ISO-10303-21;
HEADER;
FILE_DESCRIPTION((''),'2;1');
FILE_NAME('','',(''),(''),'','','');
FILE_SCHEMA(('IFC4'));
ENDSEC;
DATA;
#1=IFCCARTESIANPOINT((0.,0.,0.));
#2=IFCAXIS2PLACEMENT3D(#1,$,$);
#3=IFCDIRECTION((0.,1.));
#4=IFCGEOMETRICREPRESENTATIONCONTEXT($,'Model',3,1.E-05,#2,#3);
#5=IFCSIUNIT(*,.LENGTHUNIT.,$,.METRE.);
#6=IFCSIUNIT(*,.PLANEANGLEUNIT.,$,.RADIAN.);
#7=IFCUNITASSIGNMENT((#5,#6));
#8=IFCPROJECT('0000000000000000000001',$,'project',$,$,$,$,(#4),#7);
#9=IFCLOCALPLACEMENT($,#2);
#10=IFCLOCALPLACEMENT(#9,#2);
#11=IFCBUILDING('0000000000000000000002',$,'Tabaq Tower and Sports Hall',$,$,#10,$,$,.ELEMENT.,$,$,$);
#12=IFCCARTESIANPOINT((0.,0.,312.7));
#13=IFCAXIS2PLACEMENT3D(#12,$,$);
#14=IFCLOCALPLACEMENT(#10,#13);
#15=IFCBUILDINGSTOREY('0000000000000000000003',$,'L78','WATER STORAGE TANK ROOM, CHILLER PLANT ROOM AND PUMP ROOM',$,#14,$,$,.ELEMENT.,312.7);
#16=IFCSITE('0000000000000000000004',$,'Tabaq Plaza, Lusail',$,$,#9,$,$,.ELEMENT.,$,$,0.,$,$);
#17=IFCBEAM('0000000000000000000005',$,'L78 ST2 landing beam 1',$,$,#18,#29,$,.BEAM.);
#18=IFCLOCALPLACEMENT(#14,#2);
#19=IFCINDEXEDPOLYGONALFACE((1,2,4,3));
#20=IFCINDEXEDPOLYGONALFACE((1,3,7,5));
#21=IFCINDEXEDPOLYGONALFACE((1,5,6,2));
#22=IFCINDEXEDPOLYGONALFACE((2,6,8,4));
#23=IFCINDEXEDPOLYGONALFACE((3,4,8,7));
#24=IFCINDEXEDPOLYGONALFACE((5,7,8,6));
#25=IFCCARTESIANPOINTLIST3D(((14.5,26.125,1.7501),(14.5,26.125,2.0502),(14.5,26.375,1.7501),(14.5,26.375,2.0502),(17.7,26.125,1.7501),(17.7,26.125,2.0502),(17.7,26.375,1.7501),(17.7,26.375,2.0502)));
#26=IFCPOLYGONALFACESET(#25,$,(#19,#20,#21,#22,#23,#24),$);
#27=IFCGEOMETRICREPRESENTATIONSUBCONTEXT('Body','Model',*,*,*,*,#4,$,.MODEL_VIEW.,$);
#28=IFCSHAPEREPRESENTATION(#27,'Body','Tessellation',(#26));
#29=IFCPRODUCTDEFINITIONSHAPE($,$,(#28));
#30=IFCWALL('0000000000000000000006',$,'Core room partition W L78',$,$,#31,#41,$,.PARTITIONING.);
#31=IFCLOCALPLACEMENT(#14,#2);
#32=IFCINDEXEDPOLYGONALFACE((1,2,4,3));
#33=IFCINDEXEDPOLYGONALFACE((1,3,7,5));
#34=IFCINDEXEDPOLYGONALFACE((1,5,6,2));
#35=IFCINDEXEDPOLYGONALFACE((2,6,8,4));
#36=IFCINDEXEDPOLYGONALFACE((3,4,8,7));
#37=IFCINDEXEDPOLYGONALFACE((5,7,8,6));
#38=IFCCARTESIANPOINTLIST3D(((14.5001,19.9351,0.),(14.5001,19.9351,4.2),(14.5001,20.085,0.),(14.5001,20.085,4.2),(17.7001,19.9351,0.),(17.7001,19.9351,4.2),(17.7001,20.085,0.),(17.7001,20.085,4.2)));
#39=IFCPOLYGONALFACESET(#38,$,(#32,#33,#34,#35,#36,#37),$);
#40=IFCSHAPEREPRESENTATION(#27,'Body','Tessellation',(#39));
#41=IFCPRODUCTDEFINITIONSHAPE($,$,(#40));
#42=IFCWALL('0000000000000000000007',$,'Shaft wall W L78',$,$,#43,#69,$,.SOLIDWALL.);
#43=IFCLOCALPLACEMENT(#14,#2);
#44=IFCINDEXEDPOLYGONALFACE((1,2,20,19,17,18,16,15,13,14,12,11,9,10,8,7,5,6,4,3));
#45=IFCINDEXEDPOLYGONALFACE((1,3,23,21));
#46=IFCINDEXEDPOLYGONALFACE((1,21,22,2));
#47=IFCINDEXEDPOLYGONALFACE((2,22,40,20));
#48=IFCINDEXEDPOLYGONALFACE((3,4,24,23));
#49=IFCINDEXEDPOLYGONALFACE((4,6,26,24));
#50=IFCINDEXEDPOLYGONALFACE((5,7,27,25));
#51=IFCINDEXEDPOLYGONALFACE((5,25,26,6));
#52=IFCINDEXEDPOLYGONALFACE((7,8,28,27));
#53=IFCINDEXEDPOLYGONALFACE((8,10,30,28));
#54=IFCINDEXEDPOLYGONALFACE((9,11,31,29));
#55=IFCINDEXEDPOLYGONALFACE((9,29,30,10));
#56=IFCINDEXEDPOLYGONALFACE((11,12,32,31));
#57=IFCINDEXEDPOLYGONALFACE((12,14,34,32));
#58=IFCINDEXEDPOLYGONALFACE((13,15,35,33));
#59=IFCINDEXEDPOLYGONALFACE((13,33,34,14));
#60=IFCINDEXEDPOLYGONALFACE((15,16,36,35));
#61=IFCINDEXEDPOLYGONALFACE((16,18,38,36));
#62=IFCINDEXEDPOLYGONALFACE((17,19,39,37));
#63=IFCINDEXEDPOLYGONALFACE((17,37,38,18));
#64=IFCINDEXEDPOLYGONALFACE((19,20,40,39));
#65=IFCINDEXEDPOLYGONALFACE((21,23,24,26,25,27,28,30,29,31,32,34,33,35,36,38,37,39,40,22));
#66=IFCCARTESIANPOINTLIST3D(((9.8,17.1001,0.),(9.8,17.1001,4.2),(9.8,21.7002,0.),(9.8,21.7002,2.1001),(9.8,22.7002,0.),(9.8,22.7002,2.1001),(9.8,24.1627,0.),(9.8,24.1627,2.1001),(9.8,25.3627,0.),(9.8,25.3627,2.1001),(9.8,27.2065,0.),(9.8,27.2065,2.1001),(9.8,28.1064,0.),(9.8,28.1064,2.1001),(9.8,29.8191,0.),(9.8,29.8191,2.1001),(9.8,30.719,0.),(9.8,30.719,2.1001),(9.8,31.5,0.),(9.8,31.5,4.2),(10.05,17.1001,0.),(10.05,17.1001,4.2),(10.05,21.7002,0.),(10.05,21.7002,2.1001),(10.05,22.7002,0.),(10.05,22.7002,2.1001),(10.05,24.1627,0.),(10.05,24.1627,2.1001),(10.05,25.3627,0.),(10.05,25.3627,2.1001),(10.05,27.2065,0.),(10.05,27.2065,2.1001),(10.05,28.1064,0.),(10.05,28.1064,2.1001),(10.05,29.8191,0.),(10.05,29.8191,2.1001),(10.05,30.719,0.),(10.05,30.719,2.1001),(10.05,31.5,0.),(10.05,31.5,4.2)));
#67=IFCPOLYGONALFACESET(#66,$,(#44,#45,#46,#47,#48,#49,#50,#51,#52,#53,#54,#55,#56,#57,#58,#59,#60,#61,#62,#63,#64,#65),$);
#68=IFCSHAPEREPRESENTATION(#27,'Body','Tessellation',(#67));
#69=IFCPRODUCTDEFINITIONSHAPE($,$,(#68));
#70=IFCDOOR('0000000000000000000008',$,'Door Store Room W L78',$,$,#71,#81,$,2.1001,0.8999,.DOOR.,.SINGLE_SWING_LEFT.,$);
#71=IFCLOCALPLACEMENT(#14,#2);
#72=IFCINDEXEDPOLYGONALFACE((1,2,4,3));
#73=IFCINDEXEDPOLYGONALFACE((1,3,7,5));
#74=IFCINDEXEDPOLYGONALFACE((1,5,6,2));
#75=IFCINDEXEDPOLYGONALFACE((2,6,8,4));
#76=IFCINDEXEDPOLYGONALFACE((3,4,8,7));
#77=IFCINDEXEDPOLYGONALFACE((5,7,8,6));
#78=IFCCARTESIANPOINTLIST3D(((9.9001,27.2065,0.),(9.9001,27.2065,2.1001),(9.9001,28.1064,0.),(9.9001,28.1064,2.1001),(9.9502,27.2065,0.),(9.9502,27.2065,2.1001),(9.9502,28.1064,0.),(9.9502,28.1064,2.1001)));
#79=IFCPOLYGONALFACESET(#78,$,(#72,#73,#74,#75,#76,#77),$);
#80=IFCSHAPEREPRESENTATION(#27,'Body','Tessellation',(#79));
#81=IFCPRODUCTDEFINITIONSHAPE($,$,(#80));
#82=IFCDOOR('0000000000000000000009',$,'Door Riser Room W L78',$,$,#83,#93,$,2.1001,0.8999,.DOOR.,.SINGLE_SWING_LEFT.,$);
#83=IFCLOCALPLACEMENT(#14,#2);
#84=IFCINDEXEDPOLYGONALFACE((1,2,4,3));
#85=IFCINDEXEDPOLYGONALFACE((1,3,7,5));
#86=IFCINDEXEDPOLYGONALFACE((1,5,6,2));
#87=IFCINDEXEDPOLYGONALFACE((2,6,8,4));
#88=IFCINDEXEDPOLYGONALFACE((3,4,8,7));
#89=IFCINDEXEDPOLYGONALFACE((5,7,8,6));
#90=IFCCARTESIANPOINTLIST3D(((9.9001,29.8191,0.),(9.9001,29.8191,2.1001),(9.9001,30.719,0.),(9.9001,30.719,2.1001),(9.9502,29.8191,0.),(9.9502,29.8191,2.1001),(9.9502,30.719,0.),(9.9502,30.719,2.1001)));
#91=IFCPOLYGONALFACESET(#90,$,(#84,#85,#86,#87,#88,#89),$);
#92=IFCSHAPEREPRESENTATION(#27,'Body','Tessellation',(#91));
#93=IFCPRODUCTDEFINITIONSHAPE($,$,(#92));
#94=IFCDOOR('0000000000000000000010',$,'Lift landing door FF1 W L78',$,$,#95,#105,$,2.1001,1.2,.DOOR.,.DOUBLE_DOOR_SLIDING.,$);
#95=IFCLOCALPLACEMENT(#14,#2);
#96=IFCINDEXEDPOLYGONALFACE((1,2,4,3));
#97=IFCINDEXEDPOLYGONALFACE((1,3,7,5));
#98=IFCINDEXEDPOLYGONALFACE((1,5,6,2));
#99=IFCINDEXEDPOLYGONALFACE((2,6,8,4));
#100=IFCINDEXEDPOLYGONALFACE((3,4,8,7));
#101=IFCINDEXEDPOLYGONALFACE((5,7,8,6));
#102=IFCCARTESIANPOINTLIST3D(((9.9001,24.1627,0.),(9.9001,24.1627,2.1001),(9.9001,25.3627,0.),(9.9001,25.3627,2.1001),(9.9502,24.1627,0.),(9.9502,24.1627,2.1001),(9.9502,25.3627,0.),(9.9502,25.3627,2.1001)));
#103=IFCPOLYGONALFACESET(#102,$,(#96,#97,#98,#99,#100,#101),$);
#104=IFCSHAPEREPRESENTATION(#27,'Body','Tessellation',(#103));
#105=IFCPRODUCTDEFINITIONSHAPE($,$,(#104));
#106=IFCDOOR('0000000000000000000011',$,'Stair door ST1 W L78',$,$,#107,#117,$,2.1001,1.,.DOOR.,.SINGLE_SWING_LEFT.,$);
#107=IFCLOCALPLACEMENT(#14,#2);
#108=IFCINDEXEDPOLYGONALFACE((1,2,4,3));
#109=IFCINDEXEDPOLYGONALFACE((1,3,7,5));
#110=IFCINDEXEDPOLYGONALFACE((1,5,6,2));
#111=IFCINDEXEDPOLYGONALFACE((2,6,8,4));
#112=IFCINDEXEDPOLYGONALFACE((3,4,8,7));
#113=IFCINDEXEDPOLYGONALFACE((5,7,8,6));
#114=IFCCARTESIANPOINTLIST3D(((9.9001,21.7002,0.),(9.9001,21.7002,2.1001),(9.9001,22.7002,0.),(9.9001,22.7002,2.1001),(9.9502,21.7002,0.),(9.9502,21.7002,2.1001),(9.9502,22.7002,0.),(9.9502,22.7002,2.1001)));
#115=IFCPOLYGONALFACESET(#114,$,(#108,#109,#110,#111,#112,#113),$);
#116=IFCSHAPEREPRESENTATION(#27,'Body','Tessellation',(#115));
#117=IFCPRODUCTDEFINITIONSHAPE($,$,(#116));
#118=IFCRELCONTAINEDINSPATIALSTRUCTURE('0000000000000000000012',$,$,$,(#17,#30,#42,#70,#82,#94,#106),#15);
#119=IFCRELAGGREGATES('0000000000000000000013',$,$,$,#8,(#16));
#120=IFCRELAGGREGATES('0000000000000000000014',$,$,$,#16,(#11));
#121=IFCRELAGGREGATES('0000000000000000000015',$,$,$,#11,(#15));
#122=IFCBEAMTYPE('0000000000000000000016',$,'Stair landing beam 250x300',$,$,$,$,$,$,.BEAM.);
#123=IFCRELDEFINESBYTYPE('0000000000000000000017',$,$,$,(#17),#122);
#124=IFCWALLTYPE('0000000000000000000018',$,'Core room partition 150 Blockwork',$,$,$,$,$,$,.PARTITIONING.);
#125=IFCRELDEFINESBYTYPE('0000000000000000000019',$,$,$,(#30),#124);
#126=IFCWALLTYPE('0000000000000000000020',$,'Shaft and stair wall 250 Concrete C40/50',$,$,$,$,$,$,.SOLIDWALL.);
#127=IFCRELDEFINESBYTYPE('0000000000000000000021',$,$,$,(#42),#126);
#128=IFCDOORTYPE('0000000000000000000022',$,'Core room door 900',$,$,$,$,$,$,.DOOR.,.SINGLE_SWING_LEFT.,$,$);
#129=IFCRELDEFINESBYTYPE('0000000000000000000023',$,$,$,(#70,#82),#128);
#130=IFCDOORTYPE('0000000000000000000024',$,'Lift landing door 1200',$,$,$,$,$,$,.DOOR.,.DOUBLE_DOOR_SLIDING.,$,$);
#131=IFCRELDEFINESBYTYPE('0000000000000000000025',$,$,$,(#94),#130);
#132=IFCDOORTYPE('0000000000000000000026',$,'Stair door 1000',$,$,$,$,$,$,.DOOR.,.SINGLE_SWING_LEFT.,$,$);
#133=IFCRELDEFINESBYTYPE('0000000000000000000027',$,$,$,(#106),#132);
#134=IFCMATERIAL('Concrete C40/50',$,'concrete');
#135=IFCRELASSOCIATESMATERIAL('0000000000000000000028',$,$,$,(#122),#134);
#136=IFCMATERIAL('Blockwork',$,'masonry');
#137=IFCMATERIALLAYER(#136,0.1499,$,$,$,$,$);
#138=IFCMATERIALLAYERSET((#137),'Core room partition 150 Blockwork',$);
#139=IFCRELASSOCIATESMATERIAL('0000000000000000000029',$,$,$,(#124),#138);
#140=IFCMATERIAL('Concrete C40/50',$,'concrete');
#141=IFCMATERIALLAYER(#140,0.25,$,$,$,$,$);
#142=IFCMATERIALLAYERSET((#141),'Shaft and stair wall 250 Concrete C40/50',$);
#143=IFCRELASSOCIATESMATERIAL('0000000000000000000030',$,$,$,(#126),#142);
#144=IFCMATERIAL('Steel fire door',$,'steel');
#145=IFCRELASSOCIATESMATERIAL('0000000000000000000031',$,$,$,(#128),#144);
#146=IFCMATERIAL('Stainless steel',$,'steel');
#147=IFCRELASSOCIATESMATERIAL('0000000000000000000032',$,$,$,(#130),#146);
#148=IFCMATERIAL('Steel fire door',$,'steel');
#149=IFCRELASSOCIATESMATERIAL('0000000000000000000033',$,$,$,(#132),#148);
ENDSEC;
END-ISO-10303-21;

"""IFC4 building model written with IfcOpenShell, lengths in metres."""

from ifc_helpers import new_model, si_unit, direction, frame, frame_2d, origin, origin_2d, place, context, subcontext, project, spatial, rectangle, extrude, material, layer, layer_set, material_profile, profile_set, type_object, element, fill, save


model = new_model("IFC4")

# Units and contexts
model_context = context("Model", 3, precision=1e-05, world=origin(), true_north=direction((0.0, 1.0)))
body_context = subcontext(model_context, "Body", "Model", "MODEL_VIEW")
ifc_project = project(units=[si_unit("LENGTHUNIT", "METRE"), si_unit("PLANEANGLEUNIT", "RADIAN")], contexts=[model_context])

# Site, building, storey
site_placement = place(None, origin())
site = spatial("IfcSite", under=ifc_project, at=site_placement, Name="Tabaq Plaza, Lusail", CompositionType="ELEMENT", RefElevation=0.0)
building_placement = place(site_placement, origin())
building = spatial("IfcBuilding", under=site, at=building_placement, Name="Tabaq Tower and Sports Hall", CompositionType="ELEMENT")
storey_placement = place(building_placement, frame((0.0, 0.0, 312.7)))
storey = spatial("IfcBuildingStorey", under=building, at=storey_placement, Name="L78", Description="WATER STORAGE TANK ROOM, CHILLER PLANT ROOM AND PUMP ROOM", CompositionType="ELEMENT", Elevation=312.7)

# Beam
ifc_material_1 = material(Name="Concrete C40/50", Category="concrete")
ifc_material_profile = material_profile(ifc_material_1, rectangle(XDim=0.25, YDim=0.3, at=origin_2d()), Name="RC 250x300")
ifc_profile_set = profile_set([ifc_material_profile], Name="Concrete C40/50")
beam_type = type_object("IfcBeamType", Name="Stair landing beam 250x300", PredefinedType="BEAM", material=ifc_profile_set)
beam_placement = place(storey_placement, frame((14.5, 26.25, 1.9001), z_axis=(1.0, 0.0, 0.0), x_axis=(0.0, 1.0, 0.0)))
element("IfcBeam", 1, at=beam_placement, inside=storey, type_object=beam_type, Name="L78 ST2 landing beam 1", PredefinedType="BEAM", context=body_context, shape_type="SweptSolid", body=[
    extrude(rectangle(XDim=0.25, YDim=0.3, at=origin_2d()), origin(), (0.0, 0.0, 1.0), 3.2),
])

# Wall
ifc_material_2 = material(Name="Blockwork", Category="masonry")
ifc_layer_1 = layer(ifc_material_2, 0.1499)
ifc_layer_set_1 = layer_set([ifc_layer_1], Name="Core room partition 150 Blockwork")
wall_type_1 = type_object("IfcWallType", Name="Core room partition 150 Blockwork", PredefinedType="PARTITIONING", material=ifc_layer_set_1)
wall_1_placement = place(storey_placement, frame((14.5, 20.01, 0.0), z_axis=(0.0, 0.0, 1.0), x_axis=(1.0, 0.0, 0.0)))
element("IfcWall", 2, at=wall_1_placement, inside=storey, type_object=wall_type_1, Name="Core room partition W L78", PredefinedType="PARTITIONING", context=body_context, shape_type="SweptSolid", body=[
    extrude(rectangle(XDim=3.2, YDim=0.1499, at=frame_2d((1.6001, 0.0))), origin(), (0.0, 0.0, 1.0), 4.2),
])

# Wall, openings, doors
ifc_material_3 = material(Name="Concrete C40/50", Category="concrete")
ifc_layer_2 = layer(ifc_material_3, 0.25)
ifc_layer_set_2 = layer_set([ifc_layer_2], Name="Shaft and stair wall 250 Concrete C40/50")
wall_type_2 = type_object("IfcWallType", Name="Shaft and stair wall 250 Concrete C40/50", PredefinedType="SOLIDWALL", material=ifc_layer_set_2)
wall_2_placement = place(storey_placement, frame((9.925, 17.1001, 0.0), z_axis=(0.0, 0.0, 1.0), x_axis=(0.0, 1.0, 0.0)))
wall_2 = element("IfcWall", 3, at=wall_2_placement, inside=storey, type_object=wall_type_2, Name="Shaft wall W L78", PredefinedType="SOLIDWALL", context=body_context, shape_type="SweptSolid", body=[
    extrude(rectangle(XDim=14.3999, YDim=0.25, at=frame_2d((7.2, 0.0))), origin(), (0.0, 0.0, 1.0), 4.2),
])
opening_1_placement = place(wall_2_placement, frame((4.6001, 0.0, 0.0)))
opening_1 = element("IfcOpeningElement", 4, at=opening_1_placement, cuts=wall_2, PredefinedType="OPENING", context=body_context, shape_type="SweptSolid", body=[
    extrude(rectangle(XDim=1.0, YDim=2.1001, at=frame_2d((0.5, 1.05))), frame((0.0, 0.125, 0.0), z_axis=(0.0, -1.0, 0.0), x_axis=(1.0, 0.0, 0.0)), (0.0, 0.0, 1.0), 0.25),
])
opening_2_placement = place(wall_2_placement, frame((7.0625, 0.0, 0.0)))
opening_2 = element("IfcOpeningElement", 5, at=opening_2_placement, cuts=wall_2, PredefinedType="OPENING", context=body_context, shape_type="SweptSolid", body=[
    extrude(rectangle(XDim=1.2, YDim=2.1001, at=frame_2d((0.6001, 1.05))), frame((0.0, 0.125, 0.0), z_axis=(0.0, -1.0, 0.0), x_axis=(1.0, 0.0, 0.0)), (0.0, 0.0, 1.0), 0.25),
])
opening_3_placement = place(wall_2_placement, frame((10.1064, 0.0, 0.0)))
opening_3 = element("IfcOpeningElement", 6, at=opening_3_placement, cuts=wall_2, PredefinedType="OPENING", context=body_context, shape_type="SweptSolid", body=[
    extrude(rectangle(XDim=0.8999, YDim=2.1001, at=frame_2d((0.45, 1.05))), frame((0.0, 0.125, 0.0), z_axis=(0.0, -1.0, 0.0), x_axis=(1.0, 0.0, 0.0)), (0.0, 0.0, 1.0), 0.25),
])
opening_4_placement = place(wall_2_placement, frame((12.719, 0.0, 0.0)))
opening_4 = element("IfcOpeningElement", 7, at=opening_4_placement, cuts=wall_2, PredefinedType="OPENING", context=body_context, shape_type="SweptSolid", body=[
    extrude(rectangle(XDim=0.8999, YDim=2.1001, at=frame_2d((0.45, 1.05))), frame((0.0, 0.125, 0.0), z_axis=(0.0, -1.0, 0.0), x_axis=(1.0, 0.0, 0.0)), (0.0, 0.0, 1.0), 0.25),
])
ifc_material_4 = material(Name="Steel fire door", Category="steel")
door_type_1 = type_object("IfcDoorType", Name="Core room door 900", OperationType="SINGLE_SWING_LEFT", PredefinedType="DOOR", material=ifc_material_4)
door_1_placement = place(opening_3_placement, origin())
door_1 = element("IfcDoor", 8, at=door_1_placement, inside=storey, type_object=door_type_1, Name="Door Store Room W L78", OperationType="SINGLE_SWING_LEFT", OverallHeight=2.1001, OverallWidth=0.8999, PredefinedType="DOOR", context=body_context, shape_type="SweptSolid", body=[
    extrude(rectangle(XDim=0.8999, YDim=2.1001, at=frame_2d((0.45, 1.05))), frame((0.0, 0.0249, 0.0), z_axis=(0.0, -1.0, 0.0), x_axis=(1.0, 0.0, 0.0)), (0.0, 0.0, 1.0), 0.05),
])
fill(opening_3, door_1)
door_2_placement = place(opening_4_placement, origin())
door_2 = element("IfcDoor", 9, at=door_2_placement, inside=storey, type_object=door_type_1, Name="Door Riser Room W L78", OperationType="SINGLE_SWING_LEFT", OverallHeight=2.1001, OverallWidth=0.8999, PredefinedType="DOOR", context=body_context, shape_type="SweptSolid", body=[
    extrude(rectangle(XDim=0.8999, YDim=2.1001, at=frame_2d((0.45, 1.05))), frame((0.0, 0.0249, 0.0), z_axis=(0.0, -1.0, 0.0), x_axis=(1.0, 0.0, 0.0)), (0.0, 0.0, 1.0), 0.05),
])
fill(opening_4, door_2)
ifc_material_5 = material(Name="Stainless steel", Category="steel")
door_type_2 = type_object("IfcDoorType", Name="Lift landing door 1200", OperationType="DOUBLE_DOOR_SLIDING", PredefinedType="DOOR", material=ifc_material_5)
door_3_placement = place(opening_2_placement, origin())
door_3 = element("IfcDoor", 10, at=door_3_placement, inside=storey, type_object=door_type_2, Name="Lift landing door FF1 W L78", OperationType="DOUBLE_DOOR_SLIDING", OverallHeight=2.1001, OverallWidth=1.2, PredefinedType="DOOR", context=body_context, shape_type="SweptSolid", body=[
    extrude(rectangle(XDim=1.2, YDim=2.1001, at=frame_2d((0.6001, 1.05))), frame((0.0, 0.0249, 0.0), z_axis=(0.0, -1.0, 0.0), x_axis=(1.0, 0.0, 0.0)), (0.0, 0.0, 1.0), 0.05),
])
fill(opening_2, door_3)
ifc_material_6 = material(Name="Steel fire door", Category="steel")
door_type_3 = type_object("IfcDoorType", Name="Stair door 1000", OperationType="SINGLE_SWING_LEFT", PredefinedType="DOOR", material=ifc_material_6)
door_4_placement = place(opening_1_placement, origin())
door_4 = element("IfcDoor", 11, at=door_4_placement, inside=storey, type_object=door_type_3, Name="Stair door ST1 W L78", OperationType="SINGLE_SWING_LEFT", OverallHeight=2.1001, OverallWidth=1.0, PredefinedType="DOOR", context=body_context, shape_type="SweptSolid", body=[
    extrude(rectangle(XDim=1.0, YDim=2.1001, at=frame_2d((0.5, 1.05))), frame((0.0, 0.0249, 0.0), z_axis=(0.0, -1.0, 0.0), x_axis=(1.0, 0.0, 0.0)), (0.0, 0.0, 1.0), 0.05),
])
fill(opening_1, door_4)

save(model, "model.ifc")
